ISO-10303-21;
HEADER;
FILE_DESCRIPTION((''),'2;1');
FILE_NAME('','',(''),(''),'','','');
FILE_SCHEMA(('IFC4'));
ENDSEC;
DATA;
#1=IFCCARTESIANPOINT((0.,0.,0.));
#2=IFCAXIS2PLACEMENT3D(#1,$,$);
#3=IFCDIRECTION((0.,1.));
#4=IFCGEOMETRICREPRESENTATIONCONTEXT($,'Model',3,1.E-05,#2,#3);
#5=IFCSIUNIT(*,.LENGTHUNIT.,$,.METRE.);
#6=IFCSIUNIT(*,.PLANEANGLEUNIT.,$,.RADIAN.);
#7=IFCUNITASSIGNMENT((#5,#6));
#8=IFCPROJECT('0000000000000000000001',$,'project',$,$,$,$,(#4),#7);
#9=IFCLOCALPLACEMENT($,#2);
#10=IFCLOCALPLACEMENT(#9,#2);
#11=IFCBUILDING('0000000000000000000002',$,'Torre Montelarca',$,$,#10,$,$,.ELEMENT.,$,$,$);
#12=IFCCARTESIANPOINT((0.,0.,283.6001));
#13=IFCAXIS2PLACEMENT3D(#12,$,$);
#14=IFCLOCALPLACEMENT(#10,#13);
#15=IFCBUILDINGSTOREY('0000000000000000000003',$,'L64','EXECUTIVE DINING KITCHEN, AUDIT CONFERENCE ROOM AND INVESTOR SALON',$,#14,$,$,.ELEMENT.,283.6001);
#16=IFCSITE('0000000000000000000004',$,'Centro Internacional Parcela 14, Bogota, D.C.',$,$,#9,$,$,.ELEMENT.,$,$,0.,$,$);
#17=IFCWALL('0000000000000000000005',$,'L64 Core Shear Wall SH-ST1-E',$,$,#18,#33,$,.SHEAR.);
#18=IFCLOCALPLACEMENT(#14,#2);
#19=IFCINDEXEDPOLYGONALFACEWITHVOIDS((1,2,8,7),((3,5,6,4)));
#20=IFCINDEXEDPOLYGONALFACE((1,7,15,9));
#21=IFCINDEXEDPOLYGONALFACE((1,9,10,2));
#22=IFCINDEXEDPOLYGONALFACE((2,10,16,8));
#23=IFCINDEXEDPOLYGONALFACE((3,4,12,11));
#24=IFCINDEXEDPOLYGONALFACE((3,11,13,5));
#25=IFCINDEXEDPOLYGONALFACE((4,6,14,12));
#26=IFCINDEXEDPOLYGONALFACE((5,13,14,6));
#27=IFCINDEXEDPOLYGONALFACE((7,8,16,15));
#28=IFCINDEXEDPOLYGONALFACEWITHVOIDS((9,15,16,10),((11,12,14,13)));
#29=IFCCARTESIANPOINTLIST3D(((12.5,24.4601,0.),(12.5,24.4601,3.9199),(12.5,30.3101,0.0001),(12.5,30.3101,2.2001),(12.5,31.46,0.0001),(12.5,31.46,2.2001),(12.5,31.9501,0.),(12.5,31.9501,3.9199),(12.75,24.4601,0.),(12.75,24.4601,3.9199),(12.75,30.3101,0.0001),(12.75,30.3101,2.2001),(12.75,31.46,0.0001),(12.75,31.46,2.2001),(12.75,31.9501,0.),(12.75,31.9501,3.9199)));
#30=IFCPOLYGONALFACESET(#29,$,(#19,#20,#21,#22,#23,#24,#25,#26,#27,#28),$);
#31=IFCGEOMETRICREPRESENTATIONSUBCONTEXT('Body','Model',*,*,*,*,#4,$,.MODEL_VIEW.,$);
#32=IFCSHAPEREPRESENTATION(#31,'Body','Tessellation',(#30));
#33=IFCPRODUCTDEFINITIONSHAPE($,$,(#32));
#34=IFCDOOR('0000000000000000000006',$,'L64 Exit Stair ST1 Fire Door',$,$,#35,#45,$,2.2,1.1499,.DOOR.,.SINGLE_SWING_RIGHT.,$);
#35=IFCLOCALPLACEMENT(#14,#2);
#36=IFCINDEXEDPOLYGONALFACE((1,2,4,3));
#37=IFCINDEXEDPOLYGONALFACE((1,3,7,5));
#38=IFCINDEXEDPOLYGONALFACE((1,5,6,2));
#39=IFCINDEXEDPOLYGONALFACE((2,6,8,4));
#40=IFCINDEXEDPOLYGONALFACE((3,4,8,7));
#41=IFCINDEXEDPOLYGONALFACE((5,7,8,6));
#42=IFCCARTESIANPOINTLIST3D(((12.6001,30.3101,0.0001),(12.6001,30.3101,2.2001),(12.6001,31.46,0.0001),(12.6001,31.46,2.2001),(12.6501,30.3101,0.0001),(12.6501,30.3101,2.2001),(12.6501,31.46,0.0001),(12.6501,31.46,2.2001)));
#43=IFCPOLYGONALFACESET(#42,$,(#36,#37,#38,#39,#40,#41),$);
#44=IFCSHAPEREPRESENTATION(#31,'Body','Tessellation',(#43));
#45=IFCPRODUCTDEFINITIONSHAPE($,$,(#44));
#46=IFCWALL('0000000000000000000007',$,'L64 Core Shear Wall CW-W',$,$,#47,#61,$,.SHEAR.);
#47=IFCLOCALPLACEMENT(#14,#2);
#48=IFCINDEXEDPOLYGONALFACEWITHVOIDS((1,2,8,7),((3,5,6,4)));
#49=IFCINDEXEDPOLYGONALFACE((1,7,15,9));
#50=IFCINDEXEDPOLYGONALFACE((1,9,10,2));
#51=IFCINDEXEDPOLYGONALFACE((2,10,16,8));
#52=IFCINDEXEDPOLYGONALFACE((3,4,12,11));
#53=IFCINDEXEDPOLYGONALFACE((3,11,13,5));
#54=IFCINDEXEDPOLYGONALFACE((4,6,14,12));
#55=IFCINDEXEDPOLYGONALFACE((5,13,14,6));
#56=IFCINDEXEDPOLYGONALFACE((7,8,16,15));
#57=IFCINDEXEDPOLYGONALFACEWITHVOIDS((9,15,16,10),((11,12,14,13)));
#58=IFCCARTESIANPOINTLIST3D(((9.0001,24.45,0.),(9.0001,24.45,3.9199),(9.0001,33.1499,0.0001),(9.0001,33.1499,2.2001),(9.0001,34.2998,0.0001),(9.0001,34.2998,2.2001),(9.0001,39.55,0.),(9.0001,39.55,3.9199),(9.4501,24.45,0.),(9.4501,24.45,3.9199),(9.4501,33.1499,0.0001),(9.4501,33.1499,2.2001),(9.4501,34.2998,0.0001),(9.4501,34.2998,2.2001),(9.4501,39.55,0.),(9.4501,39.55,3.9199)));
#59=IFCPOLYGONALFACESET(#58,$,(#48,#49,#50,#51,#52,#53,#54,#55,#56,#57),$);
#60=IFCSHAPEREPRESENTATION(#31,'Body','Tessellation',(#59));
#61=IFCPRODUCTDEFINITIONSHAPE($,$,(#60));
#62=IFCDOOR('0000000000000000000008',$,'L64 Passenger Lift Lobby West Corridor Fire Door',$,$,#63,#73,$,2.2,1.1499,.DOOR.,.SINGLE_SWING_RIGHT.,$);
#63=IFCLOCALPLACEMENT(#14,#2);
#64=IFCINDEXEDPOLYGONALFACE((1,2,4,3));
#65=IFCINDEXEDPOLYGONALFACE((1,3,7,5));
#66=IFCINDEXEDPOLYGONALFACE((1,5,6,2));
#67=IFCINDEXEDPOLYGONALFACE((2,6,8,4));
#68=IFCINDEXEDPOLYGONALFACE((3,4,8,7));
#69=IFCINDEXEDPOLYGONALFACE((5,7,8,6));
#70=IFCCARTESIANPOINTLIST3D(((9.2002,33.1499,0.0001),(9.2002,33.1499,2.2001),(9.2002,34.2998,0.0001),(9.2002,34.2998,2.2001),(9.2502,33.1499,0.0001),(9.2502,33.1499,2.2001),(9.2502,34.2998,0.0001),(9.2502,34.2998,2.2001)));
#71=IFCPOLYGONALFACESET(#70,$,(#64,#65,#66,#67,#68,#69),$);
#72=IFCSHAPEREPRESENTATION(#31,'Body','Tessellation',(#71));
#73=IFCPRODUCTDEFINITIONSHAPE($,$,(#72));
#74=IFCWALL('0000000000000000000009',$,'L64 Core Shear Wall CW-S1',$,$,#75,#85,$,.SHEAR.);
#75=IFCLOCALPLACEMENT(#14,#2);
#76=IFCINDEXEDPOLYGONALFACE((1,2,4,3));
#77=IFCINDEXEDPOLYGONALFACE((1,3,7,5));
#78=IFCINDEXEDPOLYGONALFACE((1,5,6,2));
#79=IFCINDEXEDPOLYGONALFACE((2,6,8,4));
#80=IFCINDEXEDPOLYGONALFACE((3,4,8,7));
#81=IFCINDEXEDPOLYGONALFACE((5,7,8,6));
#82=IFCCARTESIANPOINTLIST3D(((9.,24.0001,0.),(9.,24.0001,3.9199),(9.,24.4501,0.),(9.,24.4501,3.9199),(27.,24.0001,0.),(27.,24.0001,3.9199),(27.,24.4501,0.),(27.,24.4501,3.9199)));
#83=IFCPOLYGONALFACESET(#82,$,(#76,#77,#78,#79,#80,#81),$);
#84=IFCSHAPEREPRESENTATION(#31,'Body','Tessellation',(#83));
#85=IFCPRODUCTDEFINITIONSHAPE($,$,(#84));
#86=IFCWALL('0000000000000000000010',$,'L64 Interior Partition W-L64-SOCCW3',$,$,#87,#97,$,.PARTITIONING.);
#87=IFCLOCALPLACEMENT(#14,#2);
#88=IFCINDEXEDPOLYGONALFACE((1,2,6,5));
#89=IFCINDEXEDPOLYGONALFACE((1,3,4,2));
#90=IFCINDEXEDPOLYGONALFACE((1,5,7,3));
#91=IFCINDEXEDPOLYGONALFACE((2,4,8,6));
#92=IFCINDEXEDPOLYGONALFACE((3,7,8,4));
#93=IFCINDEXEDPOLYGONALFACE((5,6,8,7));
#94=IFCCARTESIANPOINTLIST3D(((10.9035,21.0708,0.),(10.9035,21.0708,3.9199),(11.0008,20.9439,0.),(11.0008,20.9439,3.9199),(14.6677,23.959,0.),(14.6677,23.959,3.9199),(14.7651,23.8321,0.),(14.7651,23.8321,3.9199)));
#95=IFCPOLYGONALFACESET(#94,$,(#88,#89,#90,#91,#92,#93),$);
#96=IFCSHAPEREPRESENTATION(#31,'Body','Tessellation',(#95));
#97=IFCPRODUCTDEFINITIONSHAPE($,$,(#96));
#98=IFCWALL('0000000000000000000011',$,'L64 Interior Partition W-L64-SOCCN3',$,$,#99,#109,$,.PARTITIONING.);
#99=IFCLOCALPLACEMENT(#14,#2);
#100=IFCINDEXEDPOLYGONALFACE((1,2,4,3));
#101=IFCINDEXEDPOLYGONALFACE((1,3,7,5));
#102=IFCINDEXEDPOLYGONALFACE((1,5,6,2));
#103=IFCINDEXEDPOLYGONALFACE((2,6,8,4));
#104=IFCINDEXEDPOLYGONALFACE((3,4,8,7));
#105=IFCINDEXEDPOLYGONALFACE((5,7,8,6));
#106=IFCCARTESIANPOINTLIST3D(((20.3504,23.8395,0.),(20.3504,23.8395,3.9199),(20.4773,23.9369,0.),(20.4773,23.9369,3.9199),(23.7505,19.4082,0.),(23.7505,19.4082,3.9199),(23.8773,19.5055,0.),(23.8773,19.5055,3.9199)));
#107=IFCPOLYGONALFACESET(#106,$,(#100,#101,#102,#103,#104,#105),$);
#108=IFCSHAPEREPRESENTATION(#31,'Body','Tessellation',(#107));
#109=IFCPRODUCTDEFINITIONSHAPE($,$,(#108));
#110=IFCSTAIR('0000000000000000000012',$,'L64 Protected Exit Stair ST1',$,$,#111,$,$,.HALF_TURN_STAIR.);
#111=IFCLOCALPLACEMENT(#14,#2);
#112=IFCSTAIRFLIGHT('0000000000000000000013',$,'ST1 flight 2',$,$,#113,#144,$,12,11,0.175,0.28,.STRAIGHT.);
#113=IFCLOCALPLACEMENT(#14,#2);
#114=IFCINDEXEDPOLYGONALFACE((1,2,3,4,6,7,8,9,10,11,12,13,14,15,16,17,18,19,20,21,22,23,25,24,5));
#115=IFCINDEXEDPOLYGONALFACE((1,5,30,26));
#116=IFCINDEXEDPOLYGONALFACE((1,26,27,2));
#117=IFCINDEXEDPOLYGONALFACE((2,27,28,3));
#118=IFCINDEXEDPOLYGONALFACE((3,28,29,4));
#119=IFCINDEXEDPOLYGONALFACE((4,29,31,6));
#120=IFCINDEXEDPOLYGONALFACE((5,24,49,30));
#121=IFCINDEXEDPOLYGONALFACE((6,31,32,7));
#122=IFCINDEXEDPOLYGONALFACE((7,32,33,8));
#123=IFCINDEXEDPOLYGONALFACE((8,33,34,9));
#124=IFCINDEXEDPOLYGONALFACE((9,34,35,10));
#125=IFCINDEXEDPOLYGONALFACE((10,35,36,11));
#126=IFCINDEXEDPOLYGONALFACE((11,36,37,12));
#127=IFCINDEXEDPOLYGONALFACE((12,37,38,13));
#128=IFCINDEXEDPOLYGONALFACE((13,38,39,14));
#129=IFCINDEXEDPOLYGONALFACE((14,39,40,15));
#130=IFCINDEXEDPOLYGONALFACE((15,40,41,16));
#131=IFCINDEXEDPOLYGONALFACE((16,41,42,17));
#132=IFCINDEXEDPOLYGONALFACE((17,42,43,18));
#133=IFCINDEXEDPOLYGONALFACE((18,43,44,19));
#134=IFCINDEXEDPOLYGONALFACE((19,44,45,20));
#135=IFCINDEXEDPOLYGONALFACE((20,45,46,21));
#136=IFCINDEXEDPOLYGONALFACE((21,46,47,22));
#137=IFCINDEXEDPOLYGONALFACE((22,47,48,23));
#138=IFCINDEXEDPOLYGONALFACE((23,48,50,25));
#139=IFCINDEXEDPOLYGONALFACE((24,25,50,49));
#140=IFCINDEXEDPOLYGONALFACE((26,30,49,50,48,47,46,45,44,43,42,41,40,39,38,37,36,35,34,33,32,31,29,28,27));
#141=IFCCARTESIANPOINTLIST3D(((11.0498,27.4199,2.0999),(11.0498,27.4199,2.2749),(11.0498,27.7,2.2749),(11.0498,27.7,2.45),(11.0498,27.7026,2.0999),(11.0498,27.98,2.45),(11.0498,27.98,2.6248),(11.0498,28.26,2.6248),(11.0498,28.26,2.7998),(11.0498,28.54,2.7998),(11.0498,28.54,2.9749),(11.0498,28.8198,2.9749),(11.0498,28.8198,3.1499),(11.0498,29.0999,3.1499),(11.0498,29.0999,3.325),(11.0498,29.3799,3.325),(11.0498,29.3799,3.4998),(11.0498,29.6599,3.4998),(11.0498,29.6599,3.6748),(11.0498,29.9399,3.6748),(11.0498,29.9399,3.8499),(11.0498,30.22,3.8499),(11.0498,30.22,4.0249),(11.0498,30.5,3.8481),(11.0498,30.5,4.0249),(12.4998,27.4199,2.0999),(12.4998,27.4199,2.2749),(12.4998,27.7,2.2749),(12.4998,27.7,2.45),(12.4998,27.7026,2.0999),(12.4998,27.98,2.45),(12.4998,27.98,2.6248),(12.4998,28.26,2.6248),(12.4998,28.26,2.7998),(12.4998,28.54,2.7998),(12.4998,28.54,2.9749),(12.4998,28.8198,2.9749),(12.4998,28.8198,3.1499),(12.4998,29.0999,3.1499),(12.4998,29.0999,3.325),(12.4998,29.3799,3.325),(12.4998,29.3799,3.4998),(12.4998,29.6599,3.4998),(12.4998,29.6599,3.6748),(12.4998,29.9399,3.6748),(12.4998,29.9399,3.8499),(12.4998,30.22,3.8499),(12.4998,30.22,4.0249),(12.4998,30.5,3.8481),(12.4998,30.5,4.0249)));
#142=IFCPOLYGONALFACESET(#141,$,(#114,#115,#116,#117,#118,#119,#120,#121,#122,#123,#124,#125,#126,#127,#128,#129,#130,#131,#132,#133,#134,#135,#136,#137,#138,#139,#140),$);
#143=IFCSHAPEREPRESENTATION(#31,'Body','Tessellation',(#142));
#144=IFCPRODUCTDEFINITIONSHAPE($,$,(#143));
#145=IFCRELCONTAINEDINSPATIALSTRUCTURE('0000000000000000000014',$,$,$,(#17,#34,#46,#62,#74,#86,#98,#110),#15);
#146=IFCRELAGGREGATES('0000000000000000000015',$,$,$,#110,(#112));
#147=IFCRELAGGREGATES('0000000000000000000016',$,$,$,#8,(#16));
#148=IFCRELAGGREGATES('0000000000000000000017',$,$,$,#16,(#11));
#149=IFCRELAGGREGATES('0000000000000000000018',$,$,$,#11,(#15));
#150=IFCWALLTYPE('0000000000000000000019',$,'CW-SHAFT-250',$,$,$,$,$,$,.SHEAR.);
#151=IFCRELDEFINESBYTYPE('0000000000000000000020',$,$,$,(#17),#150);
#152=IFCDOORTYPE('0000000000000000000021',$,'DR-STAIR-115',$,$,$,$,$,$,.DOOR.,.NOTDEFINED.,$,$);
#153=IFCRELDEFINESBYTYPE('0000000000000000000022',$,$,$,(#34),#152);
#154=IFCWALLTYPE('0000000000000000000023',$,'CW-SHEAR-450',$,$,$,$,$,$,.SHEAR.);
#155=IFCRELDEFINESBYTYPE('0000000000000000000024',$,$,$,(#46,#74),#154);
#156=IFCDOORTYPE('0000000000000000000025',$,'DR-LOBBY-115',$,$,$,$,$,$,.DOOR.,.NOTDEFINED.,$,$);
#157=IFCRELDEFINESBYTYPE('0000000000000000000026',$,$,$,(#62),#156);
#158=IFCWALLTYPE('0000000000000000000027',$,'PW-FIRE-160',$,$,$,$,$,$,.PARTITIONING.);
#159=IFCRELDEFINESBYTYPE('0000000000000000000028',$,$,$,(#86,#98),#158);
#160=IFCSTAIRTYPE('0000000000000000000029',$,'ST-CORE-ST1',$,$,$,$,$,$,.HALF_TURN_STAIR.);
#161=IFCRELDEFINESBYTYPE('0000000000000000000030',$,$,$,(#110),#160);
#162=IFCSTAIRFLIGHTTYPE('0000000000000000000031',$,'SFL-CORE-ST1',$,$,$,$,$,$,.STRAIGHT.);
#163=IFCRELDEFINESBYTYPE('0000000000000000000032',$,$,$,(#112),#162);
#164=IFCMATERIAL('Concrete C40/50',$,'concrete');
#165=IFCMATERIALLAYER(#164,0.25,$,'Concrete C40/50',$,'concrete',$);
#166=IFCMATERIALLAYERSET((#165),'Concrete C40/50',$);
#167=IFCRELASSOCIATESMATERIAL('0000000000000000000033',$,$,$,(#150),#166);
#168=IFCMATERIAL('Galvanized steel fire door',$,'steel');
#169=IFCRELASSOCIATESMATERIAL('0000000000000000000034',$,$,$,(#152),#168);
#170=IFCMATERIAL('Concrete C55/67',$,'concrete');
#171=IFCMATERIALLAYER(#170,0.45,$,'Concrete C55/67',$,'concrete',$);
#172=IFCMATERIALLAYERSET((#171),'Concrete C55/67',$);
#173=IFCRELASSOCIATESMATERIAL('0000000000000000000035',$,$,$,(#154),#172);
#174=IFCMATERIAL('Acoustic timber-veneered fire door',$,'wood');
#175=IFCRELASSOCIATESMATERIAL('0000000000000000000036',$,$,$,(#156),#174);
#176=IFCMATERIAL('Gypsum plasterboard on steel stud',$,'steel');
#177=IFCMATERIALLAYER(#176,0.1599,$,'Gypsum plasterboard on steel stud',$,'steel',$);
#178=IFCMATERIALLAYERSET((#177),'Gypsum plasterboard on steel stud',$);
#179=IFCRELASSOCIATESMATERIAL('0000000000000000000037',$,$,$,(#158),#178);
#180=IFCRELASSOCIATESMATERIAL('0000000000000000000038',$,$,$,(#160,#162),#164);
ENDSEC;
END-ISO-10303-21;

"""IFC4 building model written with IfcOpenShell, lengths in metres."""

from ifc_helpers import new_model, si_unit, direction, frame, frame_2d, origin, place, context, subcontext, project, spatial, polyline, rectangle, outline, extrude, source, transform, mapped, material, layer, layer_set, type_object, element, fill, aggregate, save


model = new_model("IFC4")

# Units and contexts
model_context = context("Model", 3, precision=1e-05, world=origin(), true_north=direction((0.0, 1.0)))
body_context = subcontext(model_context, "Body", "Model", "MODEL_VIEW")
ifc_project = project(units=[si_unit("LENGTHUNIT", "METRE"), si_unit("PLANEANGLEUNIT", "RADIAN")], contexts=[model_context])

# Site, building, storey
site_placement = place(None, origin())
site = spatial("IfcSite", under=ifc_project, at=site_placement, Name="Centro Internacional Parcela 14, Bogota, D.C.", CompositionType="ELEMENT", RefElevation=0.0)
building_placement = place(site_placement, origin())
building = spatial("IfcBuilding", under=site, at=building_placement, Name="Torre Montelarca", CompositionType="ELEMENT")
storey_placement = place(building_placement, frame((0.0, 0.0, 283.6001)))
storey = spatial("IfcBuildingStorey", under=building, at=storey_placement, Name="L64", Description="EXECUTIVE DINING KITCHEN, AUDIT CONFERENCE ROOM AND INVESTOR SALON", CompositionType="ELEMENT", Elevation=283.6001)

# Shared definitions
ifc_material_1 = material(Name="Concrete C55/67", Category="concrete")

# Walls, openings, doors
ifc_material_2 = material(Name="Concrete C40/50", Category="concrete")
ifc_layer_1 = layer(ifc_material_2, 0.25, Name="Concrete C40/50", Category="concrete")
ifc_layer_set_1 = layer_set([ifc_layer_1], Name="Concrete C40/50")
wall_type_1 = type_object("IfcWallType", Name="CW-SHAFT-250", PredefinedType="SHEAR", material=ifc_layer_set_1)
wall_1_placement = place(storey_placement, frame((12.625, 24.46, 0.0), z_axis=(0.0, 0.0, 1.0), x_axis=(0.0, 1.0, 0.0)))
wall_1 = element("IfcWall", 1, at=wall_1_placement, inside=storey, type_object=wall_type_1, Name="L64 Core Shear Wall SH-ST1-E", PredefinedType="SHEAR", context=body_context, shape_type="SweptSolid", body=[
    extrude(rectangle(XDim=7.49, YDim=0.25, at=frame_2d((3.7451, 0.0))), origin(), (0.0, 0.0, 1.0), 3.9199),
])
opening_1_placement = place(wall_1_placement, frame((5.8501, 0.0, 0.0)))
opening_1 = element("IfcOpeningElement", 2, at=opening_1_placement, cuts=wall_1, PredefinedType="OPENING", context=body_context, shape_type="SweptSolid", body=[
    extrude(rectangle(XDim=1.1499, YDim=2.2, at=frame_2d((0.575, 1.1001))), frame((0.0, 0.135, 0.0), z_axis=(0.0, -1.0, 0.0), x_axis=(1.0, 0.0, 0.0)), (0.0, 0.0, 1.0), 0.27),
])
ifc_material_3 = material(Name="Galvanized steel fire door", Category="steel")
door_type_1 = type_object("IfcDoorType", Name="DR-STAIR-115", OperationType="NOTDEFINED", PredefinedType="DOOR", material=ifc_material_3)
shared_shape_1 = source(origin(), body_context, "Body", "SweptSolid", [
    extrude(rectangle(XDim=1.1499, YDim=2.2, at=frame_2d((0.575, 1.1001))), frame((0.0, 0.0249, 0.0), z_axis=(0.0, -1.0, 0.0), x_axis=(1.0, 0.0, 0.0)), (0.0, 0.0, 1.0), 0.05),
])
door_1_placement = place(opening_1_placement, origin())
door_1 = element("IfcDoor", 3, at=door_1_placement, inside=storey, type_object=door_type_1, Name="L64 Exit Stair ST1 Fire Door", OperationType="SINGLE_SWING_RIGHT", OverallHeight=2.2, OverallWidth=1.1499, PredefinedType="DOOR", context=body_context, shape_type="MappedRepresentation", body=[
    mapped(shared_shape_1, transform((0.0, 0.0, 0.0), scale=1.0)),
])
fill(opening_1, door_1)
ifc_layer_2 = layer(ifc_material_1, 0.45, Name="Concrete C55/67", Category="concrete")
ifc_layer_set_2 = layer_set([ifc_layer_2], Name="Concrete C55/67")
wall_type_2 = type_object("IfcWallType", Name="CW-SHEAR-450", PredefinedType="SHEAR", material=ifc_layer_set_2)
wall_2_placement = place(storey_placement, frame((9.2251, 24.45, 0.0), z_axis=(0.0, 0.0, 1.0), x_axis=(0.0, 1.0, 0.0)))
wall_2 = element("IfcWall", 4, at=wall_2_placement, inside=storey, type_object=wall_type_2, Name="L64 Core Shear Wall CW-W", PredefinedType="SHEAR", context=body_context, shape_type="SweptSolid", body=[
    extrude(rectangle(XDim=15.1001, YDim=0.45, at=frame_2d((7.55, 0.0))), origin(), (0.0, 0.0, 1.0), 3.9199),
])
opening_2_placement = place(wall_2_placement, frame((8.7, 0.0, 0.0)))
opening_2 = element("IfcOpeningElement", 5, at=opening_2_placement, cuts=wall_2, PredefinedType="OPENING", context=body_context, shape_type="SweptSolid", body=[
    extrude(rectangle(XDim=1.1499, YDim=2.2, at=frame_2d((0.575, 1.1001))), frame((0.0, 0.2349, 0.0), z_axis=(0.0, -1.0, 0.0), x_axis=(1.0, 0.0, 0.0)), (0.0, 0.0, 1.0), 0.47),
])
ifc_material_4 = material(Name="Acoustic timber-veneered fire door", Category="wood")
door_type_2 = type_object("IfcDoorType", Name="DR-LOBBY-115", OperationType="NOTDEFINED", PredefinedType="DOOR", material=ifc_material_4)
shared_shape_2 = source(origin(), body_context, "Body", "SweptSolid", [
    extrude(rectangle(XDim=1.1499, YDim=2.2, at=frame_2d((0.575, 1.1001))), frame((0.0, 0.0249, 0.0), z_axis=(0.0, -1.0, 0.0), x_axis=(1.0, 0.0, 0.0)), (0.0, 0.0, 1.0), 0.05),
])
door_2_placement = place(opening_2_placement, origin())
door_2 = element("IfcDoor", 6, at=door_2_placement, inside=storey, type_object=door_type_2, Name="L64 Passenger Lift Lobby West Corridor Fire Door", OperationType="SINGLE_SWING_RIGHT", OverallHeight=2.2, OverallWidth=1.1499, PredefinedType="DOOR", context=body_context, shape_type="MappedRepresentation", body=[
    mapped(shared_shape_2, transform((0.0, 0.0, 0.0), scale=1.0)),
])
fill(opening_2, door_2)

# Walls
wall_3_placement = place(storey_placement, frame((9.0, 24.2251, 0.0), z_axis=(0.0, 0.0, 1.0), x_axis=(1.0, 0.0, 0.0)))
element("IfcWall", 7, at=wall_3_placement, inside=storey, type_object=wall_type_2, Name="L64 Core Shear Wall CW-S1", PredefinedType="SHEAR", context=body_context, shape_type="SweptSolid", body=[
    extrude(rectangle(XDim=18.0, YDim=0.45, at=frame_2d((9.0, 0.0))), origin(), (0.0, 0.0, 1.0), 3.9199),
])
ifc_material_5 = material(Name="Gypsum plasterboard on steel stud", Category="steel")
ifc_layer_3 = layer(ifc_material_5, 0.1599, Name="Gypsum plasterboard on steel stud", Category="steel")
ifc_layer_set_3 = layer_set([ifc_layer_3], Name="Gypsum plasterboard on steel stud")
wall_type_3 = type_object("IfcWallType", Name="PW-FIRE-160", PredefinedType="PARTITIONING", material=ifc_layer_set_3)
wall_4_placement = place(storey_placement, frame((10.9521, 21.0073, 0.0), z_axis=(0.0, 0.0, 1.0), x_axis=(0.793369, 0.60874, 0.0)))
element("IfcWall", 8, at=wall_4_placement, inside=storey, type_object=wall_type_3, Name="L64 Interior Partition W-L64-SOCCW3", PredefinedType="PARTITIONING", context=body_context, shape_type="SweptSolid", body=[
    extrude(rectangle(XDim=4.7446, YDim=0.1599, at=frame_2d((2.3723, 0.0))), origin(), (0.0, 0.0, 1.0), 3.9199),
])
wall_5_placement = place(storey_placement, frame((20.4138, 23.8882, 0.0), z_axis=(0.0, 0.0, 1.0), x_axis=(0.608741, -0.793369, 0.0)))
element("IfcWall", 9, at=wall_5_placement, inside=storey, type_object=wall_type_3, Name="L64 Interior Partition W-L64-SOCCN3", PredefinedType="PARTITIONING", context=body_context, shape_type="SweptSolid", body=[
    extrude(rectangle(XDim=5.5854, YDim=0.1599, at=frame_2d((2.7927, 0.0))), origin(), (0.0, 0.0, 1.0), 3.9199),
])

# Stair, stair flight
stair_type = type_object("IfcStairType", Name="ST-CORE-ST1", PredefinedType="HALF_TURN_STAIR", material=ifc_material_2)
stair_placement = place(storey_placement, origin())
stair = element("IfcStair", 10, at=stair_placement, inside=storey, type_object=stair_type, Name="L64 Protected Exit Stair ST1", PredefinedType="HALF_TURN_STAIR")
stair_flight_type = type_object("IfcStairFlightType", Name="SFL-CORE-ST1", PredefinedType="STRAIGHT", material=ifc_material_2)
stair_flight_placement = place(storey_placement, frame((11.7749, 27.4199, 2.0999), z_axis=(0.0, 0.0, 1.0), x_axis=(0.0, 1.0, 0.0)))
stair_flight = element("IfcStairFlight", 11, at=stair_flight_placement, type_object=stair_flight_type, Name="ST1 flight 2", NumberOfRisers=12, NumberOfTreads=11, PredefinedType="STRAIGHT", RiserHeight=0.175, TreadLength=0.28, context=body_context, shape_type="SweptSolid", body=[
    extrude(outline(polyline([(0.0, 0.0), (0.0, 0.175), (0.28, 0.175), (0.28, 0.3501), (0.5601, 0.3501), (0.5601, 0.5249), (0.8401, 0.5249), (0.8401, 0.7), (1.1201, 0.7), (1.1201, 0.875), (1.3999, 0.875), (1.3999, 1.05), (1.6799, 1.05), (1.6799, 1.2251), (1.96, 1.2251), (1.96, 1.3999), (2.24, 1.3999), (2.24, 1.575), (2.52, 1.575), (2.52, 1.75), (2.8, 1.75), (2.8, 1.925), (3.0801, 1.925), (3.0801, 2.1001), (3.0801, 1.7483), (0.2827, 0.0), (0.0, 0.0)])), frame((0.0, 0.7251, 0.0), z_axis=(0.0, -1.0, 0.0), x_axis=(1.0, 0.0, 0.0)), (0.0, 0.0, 1.0), 1.45),
])
aggregate(stair, [stair_flight])

save(model, "model.ifc")
